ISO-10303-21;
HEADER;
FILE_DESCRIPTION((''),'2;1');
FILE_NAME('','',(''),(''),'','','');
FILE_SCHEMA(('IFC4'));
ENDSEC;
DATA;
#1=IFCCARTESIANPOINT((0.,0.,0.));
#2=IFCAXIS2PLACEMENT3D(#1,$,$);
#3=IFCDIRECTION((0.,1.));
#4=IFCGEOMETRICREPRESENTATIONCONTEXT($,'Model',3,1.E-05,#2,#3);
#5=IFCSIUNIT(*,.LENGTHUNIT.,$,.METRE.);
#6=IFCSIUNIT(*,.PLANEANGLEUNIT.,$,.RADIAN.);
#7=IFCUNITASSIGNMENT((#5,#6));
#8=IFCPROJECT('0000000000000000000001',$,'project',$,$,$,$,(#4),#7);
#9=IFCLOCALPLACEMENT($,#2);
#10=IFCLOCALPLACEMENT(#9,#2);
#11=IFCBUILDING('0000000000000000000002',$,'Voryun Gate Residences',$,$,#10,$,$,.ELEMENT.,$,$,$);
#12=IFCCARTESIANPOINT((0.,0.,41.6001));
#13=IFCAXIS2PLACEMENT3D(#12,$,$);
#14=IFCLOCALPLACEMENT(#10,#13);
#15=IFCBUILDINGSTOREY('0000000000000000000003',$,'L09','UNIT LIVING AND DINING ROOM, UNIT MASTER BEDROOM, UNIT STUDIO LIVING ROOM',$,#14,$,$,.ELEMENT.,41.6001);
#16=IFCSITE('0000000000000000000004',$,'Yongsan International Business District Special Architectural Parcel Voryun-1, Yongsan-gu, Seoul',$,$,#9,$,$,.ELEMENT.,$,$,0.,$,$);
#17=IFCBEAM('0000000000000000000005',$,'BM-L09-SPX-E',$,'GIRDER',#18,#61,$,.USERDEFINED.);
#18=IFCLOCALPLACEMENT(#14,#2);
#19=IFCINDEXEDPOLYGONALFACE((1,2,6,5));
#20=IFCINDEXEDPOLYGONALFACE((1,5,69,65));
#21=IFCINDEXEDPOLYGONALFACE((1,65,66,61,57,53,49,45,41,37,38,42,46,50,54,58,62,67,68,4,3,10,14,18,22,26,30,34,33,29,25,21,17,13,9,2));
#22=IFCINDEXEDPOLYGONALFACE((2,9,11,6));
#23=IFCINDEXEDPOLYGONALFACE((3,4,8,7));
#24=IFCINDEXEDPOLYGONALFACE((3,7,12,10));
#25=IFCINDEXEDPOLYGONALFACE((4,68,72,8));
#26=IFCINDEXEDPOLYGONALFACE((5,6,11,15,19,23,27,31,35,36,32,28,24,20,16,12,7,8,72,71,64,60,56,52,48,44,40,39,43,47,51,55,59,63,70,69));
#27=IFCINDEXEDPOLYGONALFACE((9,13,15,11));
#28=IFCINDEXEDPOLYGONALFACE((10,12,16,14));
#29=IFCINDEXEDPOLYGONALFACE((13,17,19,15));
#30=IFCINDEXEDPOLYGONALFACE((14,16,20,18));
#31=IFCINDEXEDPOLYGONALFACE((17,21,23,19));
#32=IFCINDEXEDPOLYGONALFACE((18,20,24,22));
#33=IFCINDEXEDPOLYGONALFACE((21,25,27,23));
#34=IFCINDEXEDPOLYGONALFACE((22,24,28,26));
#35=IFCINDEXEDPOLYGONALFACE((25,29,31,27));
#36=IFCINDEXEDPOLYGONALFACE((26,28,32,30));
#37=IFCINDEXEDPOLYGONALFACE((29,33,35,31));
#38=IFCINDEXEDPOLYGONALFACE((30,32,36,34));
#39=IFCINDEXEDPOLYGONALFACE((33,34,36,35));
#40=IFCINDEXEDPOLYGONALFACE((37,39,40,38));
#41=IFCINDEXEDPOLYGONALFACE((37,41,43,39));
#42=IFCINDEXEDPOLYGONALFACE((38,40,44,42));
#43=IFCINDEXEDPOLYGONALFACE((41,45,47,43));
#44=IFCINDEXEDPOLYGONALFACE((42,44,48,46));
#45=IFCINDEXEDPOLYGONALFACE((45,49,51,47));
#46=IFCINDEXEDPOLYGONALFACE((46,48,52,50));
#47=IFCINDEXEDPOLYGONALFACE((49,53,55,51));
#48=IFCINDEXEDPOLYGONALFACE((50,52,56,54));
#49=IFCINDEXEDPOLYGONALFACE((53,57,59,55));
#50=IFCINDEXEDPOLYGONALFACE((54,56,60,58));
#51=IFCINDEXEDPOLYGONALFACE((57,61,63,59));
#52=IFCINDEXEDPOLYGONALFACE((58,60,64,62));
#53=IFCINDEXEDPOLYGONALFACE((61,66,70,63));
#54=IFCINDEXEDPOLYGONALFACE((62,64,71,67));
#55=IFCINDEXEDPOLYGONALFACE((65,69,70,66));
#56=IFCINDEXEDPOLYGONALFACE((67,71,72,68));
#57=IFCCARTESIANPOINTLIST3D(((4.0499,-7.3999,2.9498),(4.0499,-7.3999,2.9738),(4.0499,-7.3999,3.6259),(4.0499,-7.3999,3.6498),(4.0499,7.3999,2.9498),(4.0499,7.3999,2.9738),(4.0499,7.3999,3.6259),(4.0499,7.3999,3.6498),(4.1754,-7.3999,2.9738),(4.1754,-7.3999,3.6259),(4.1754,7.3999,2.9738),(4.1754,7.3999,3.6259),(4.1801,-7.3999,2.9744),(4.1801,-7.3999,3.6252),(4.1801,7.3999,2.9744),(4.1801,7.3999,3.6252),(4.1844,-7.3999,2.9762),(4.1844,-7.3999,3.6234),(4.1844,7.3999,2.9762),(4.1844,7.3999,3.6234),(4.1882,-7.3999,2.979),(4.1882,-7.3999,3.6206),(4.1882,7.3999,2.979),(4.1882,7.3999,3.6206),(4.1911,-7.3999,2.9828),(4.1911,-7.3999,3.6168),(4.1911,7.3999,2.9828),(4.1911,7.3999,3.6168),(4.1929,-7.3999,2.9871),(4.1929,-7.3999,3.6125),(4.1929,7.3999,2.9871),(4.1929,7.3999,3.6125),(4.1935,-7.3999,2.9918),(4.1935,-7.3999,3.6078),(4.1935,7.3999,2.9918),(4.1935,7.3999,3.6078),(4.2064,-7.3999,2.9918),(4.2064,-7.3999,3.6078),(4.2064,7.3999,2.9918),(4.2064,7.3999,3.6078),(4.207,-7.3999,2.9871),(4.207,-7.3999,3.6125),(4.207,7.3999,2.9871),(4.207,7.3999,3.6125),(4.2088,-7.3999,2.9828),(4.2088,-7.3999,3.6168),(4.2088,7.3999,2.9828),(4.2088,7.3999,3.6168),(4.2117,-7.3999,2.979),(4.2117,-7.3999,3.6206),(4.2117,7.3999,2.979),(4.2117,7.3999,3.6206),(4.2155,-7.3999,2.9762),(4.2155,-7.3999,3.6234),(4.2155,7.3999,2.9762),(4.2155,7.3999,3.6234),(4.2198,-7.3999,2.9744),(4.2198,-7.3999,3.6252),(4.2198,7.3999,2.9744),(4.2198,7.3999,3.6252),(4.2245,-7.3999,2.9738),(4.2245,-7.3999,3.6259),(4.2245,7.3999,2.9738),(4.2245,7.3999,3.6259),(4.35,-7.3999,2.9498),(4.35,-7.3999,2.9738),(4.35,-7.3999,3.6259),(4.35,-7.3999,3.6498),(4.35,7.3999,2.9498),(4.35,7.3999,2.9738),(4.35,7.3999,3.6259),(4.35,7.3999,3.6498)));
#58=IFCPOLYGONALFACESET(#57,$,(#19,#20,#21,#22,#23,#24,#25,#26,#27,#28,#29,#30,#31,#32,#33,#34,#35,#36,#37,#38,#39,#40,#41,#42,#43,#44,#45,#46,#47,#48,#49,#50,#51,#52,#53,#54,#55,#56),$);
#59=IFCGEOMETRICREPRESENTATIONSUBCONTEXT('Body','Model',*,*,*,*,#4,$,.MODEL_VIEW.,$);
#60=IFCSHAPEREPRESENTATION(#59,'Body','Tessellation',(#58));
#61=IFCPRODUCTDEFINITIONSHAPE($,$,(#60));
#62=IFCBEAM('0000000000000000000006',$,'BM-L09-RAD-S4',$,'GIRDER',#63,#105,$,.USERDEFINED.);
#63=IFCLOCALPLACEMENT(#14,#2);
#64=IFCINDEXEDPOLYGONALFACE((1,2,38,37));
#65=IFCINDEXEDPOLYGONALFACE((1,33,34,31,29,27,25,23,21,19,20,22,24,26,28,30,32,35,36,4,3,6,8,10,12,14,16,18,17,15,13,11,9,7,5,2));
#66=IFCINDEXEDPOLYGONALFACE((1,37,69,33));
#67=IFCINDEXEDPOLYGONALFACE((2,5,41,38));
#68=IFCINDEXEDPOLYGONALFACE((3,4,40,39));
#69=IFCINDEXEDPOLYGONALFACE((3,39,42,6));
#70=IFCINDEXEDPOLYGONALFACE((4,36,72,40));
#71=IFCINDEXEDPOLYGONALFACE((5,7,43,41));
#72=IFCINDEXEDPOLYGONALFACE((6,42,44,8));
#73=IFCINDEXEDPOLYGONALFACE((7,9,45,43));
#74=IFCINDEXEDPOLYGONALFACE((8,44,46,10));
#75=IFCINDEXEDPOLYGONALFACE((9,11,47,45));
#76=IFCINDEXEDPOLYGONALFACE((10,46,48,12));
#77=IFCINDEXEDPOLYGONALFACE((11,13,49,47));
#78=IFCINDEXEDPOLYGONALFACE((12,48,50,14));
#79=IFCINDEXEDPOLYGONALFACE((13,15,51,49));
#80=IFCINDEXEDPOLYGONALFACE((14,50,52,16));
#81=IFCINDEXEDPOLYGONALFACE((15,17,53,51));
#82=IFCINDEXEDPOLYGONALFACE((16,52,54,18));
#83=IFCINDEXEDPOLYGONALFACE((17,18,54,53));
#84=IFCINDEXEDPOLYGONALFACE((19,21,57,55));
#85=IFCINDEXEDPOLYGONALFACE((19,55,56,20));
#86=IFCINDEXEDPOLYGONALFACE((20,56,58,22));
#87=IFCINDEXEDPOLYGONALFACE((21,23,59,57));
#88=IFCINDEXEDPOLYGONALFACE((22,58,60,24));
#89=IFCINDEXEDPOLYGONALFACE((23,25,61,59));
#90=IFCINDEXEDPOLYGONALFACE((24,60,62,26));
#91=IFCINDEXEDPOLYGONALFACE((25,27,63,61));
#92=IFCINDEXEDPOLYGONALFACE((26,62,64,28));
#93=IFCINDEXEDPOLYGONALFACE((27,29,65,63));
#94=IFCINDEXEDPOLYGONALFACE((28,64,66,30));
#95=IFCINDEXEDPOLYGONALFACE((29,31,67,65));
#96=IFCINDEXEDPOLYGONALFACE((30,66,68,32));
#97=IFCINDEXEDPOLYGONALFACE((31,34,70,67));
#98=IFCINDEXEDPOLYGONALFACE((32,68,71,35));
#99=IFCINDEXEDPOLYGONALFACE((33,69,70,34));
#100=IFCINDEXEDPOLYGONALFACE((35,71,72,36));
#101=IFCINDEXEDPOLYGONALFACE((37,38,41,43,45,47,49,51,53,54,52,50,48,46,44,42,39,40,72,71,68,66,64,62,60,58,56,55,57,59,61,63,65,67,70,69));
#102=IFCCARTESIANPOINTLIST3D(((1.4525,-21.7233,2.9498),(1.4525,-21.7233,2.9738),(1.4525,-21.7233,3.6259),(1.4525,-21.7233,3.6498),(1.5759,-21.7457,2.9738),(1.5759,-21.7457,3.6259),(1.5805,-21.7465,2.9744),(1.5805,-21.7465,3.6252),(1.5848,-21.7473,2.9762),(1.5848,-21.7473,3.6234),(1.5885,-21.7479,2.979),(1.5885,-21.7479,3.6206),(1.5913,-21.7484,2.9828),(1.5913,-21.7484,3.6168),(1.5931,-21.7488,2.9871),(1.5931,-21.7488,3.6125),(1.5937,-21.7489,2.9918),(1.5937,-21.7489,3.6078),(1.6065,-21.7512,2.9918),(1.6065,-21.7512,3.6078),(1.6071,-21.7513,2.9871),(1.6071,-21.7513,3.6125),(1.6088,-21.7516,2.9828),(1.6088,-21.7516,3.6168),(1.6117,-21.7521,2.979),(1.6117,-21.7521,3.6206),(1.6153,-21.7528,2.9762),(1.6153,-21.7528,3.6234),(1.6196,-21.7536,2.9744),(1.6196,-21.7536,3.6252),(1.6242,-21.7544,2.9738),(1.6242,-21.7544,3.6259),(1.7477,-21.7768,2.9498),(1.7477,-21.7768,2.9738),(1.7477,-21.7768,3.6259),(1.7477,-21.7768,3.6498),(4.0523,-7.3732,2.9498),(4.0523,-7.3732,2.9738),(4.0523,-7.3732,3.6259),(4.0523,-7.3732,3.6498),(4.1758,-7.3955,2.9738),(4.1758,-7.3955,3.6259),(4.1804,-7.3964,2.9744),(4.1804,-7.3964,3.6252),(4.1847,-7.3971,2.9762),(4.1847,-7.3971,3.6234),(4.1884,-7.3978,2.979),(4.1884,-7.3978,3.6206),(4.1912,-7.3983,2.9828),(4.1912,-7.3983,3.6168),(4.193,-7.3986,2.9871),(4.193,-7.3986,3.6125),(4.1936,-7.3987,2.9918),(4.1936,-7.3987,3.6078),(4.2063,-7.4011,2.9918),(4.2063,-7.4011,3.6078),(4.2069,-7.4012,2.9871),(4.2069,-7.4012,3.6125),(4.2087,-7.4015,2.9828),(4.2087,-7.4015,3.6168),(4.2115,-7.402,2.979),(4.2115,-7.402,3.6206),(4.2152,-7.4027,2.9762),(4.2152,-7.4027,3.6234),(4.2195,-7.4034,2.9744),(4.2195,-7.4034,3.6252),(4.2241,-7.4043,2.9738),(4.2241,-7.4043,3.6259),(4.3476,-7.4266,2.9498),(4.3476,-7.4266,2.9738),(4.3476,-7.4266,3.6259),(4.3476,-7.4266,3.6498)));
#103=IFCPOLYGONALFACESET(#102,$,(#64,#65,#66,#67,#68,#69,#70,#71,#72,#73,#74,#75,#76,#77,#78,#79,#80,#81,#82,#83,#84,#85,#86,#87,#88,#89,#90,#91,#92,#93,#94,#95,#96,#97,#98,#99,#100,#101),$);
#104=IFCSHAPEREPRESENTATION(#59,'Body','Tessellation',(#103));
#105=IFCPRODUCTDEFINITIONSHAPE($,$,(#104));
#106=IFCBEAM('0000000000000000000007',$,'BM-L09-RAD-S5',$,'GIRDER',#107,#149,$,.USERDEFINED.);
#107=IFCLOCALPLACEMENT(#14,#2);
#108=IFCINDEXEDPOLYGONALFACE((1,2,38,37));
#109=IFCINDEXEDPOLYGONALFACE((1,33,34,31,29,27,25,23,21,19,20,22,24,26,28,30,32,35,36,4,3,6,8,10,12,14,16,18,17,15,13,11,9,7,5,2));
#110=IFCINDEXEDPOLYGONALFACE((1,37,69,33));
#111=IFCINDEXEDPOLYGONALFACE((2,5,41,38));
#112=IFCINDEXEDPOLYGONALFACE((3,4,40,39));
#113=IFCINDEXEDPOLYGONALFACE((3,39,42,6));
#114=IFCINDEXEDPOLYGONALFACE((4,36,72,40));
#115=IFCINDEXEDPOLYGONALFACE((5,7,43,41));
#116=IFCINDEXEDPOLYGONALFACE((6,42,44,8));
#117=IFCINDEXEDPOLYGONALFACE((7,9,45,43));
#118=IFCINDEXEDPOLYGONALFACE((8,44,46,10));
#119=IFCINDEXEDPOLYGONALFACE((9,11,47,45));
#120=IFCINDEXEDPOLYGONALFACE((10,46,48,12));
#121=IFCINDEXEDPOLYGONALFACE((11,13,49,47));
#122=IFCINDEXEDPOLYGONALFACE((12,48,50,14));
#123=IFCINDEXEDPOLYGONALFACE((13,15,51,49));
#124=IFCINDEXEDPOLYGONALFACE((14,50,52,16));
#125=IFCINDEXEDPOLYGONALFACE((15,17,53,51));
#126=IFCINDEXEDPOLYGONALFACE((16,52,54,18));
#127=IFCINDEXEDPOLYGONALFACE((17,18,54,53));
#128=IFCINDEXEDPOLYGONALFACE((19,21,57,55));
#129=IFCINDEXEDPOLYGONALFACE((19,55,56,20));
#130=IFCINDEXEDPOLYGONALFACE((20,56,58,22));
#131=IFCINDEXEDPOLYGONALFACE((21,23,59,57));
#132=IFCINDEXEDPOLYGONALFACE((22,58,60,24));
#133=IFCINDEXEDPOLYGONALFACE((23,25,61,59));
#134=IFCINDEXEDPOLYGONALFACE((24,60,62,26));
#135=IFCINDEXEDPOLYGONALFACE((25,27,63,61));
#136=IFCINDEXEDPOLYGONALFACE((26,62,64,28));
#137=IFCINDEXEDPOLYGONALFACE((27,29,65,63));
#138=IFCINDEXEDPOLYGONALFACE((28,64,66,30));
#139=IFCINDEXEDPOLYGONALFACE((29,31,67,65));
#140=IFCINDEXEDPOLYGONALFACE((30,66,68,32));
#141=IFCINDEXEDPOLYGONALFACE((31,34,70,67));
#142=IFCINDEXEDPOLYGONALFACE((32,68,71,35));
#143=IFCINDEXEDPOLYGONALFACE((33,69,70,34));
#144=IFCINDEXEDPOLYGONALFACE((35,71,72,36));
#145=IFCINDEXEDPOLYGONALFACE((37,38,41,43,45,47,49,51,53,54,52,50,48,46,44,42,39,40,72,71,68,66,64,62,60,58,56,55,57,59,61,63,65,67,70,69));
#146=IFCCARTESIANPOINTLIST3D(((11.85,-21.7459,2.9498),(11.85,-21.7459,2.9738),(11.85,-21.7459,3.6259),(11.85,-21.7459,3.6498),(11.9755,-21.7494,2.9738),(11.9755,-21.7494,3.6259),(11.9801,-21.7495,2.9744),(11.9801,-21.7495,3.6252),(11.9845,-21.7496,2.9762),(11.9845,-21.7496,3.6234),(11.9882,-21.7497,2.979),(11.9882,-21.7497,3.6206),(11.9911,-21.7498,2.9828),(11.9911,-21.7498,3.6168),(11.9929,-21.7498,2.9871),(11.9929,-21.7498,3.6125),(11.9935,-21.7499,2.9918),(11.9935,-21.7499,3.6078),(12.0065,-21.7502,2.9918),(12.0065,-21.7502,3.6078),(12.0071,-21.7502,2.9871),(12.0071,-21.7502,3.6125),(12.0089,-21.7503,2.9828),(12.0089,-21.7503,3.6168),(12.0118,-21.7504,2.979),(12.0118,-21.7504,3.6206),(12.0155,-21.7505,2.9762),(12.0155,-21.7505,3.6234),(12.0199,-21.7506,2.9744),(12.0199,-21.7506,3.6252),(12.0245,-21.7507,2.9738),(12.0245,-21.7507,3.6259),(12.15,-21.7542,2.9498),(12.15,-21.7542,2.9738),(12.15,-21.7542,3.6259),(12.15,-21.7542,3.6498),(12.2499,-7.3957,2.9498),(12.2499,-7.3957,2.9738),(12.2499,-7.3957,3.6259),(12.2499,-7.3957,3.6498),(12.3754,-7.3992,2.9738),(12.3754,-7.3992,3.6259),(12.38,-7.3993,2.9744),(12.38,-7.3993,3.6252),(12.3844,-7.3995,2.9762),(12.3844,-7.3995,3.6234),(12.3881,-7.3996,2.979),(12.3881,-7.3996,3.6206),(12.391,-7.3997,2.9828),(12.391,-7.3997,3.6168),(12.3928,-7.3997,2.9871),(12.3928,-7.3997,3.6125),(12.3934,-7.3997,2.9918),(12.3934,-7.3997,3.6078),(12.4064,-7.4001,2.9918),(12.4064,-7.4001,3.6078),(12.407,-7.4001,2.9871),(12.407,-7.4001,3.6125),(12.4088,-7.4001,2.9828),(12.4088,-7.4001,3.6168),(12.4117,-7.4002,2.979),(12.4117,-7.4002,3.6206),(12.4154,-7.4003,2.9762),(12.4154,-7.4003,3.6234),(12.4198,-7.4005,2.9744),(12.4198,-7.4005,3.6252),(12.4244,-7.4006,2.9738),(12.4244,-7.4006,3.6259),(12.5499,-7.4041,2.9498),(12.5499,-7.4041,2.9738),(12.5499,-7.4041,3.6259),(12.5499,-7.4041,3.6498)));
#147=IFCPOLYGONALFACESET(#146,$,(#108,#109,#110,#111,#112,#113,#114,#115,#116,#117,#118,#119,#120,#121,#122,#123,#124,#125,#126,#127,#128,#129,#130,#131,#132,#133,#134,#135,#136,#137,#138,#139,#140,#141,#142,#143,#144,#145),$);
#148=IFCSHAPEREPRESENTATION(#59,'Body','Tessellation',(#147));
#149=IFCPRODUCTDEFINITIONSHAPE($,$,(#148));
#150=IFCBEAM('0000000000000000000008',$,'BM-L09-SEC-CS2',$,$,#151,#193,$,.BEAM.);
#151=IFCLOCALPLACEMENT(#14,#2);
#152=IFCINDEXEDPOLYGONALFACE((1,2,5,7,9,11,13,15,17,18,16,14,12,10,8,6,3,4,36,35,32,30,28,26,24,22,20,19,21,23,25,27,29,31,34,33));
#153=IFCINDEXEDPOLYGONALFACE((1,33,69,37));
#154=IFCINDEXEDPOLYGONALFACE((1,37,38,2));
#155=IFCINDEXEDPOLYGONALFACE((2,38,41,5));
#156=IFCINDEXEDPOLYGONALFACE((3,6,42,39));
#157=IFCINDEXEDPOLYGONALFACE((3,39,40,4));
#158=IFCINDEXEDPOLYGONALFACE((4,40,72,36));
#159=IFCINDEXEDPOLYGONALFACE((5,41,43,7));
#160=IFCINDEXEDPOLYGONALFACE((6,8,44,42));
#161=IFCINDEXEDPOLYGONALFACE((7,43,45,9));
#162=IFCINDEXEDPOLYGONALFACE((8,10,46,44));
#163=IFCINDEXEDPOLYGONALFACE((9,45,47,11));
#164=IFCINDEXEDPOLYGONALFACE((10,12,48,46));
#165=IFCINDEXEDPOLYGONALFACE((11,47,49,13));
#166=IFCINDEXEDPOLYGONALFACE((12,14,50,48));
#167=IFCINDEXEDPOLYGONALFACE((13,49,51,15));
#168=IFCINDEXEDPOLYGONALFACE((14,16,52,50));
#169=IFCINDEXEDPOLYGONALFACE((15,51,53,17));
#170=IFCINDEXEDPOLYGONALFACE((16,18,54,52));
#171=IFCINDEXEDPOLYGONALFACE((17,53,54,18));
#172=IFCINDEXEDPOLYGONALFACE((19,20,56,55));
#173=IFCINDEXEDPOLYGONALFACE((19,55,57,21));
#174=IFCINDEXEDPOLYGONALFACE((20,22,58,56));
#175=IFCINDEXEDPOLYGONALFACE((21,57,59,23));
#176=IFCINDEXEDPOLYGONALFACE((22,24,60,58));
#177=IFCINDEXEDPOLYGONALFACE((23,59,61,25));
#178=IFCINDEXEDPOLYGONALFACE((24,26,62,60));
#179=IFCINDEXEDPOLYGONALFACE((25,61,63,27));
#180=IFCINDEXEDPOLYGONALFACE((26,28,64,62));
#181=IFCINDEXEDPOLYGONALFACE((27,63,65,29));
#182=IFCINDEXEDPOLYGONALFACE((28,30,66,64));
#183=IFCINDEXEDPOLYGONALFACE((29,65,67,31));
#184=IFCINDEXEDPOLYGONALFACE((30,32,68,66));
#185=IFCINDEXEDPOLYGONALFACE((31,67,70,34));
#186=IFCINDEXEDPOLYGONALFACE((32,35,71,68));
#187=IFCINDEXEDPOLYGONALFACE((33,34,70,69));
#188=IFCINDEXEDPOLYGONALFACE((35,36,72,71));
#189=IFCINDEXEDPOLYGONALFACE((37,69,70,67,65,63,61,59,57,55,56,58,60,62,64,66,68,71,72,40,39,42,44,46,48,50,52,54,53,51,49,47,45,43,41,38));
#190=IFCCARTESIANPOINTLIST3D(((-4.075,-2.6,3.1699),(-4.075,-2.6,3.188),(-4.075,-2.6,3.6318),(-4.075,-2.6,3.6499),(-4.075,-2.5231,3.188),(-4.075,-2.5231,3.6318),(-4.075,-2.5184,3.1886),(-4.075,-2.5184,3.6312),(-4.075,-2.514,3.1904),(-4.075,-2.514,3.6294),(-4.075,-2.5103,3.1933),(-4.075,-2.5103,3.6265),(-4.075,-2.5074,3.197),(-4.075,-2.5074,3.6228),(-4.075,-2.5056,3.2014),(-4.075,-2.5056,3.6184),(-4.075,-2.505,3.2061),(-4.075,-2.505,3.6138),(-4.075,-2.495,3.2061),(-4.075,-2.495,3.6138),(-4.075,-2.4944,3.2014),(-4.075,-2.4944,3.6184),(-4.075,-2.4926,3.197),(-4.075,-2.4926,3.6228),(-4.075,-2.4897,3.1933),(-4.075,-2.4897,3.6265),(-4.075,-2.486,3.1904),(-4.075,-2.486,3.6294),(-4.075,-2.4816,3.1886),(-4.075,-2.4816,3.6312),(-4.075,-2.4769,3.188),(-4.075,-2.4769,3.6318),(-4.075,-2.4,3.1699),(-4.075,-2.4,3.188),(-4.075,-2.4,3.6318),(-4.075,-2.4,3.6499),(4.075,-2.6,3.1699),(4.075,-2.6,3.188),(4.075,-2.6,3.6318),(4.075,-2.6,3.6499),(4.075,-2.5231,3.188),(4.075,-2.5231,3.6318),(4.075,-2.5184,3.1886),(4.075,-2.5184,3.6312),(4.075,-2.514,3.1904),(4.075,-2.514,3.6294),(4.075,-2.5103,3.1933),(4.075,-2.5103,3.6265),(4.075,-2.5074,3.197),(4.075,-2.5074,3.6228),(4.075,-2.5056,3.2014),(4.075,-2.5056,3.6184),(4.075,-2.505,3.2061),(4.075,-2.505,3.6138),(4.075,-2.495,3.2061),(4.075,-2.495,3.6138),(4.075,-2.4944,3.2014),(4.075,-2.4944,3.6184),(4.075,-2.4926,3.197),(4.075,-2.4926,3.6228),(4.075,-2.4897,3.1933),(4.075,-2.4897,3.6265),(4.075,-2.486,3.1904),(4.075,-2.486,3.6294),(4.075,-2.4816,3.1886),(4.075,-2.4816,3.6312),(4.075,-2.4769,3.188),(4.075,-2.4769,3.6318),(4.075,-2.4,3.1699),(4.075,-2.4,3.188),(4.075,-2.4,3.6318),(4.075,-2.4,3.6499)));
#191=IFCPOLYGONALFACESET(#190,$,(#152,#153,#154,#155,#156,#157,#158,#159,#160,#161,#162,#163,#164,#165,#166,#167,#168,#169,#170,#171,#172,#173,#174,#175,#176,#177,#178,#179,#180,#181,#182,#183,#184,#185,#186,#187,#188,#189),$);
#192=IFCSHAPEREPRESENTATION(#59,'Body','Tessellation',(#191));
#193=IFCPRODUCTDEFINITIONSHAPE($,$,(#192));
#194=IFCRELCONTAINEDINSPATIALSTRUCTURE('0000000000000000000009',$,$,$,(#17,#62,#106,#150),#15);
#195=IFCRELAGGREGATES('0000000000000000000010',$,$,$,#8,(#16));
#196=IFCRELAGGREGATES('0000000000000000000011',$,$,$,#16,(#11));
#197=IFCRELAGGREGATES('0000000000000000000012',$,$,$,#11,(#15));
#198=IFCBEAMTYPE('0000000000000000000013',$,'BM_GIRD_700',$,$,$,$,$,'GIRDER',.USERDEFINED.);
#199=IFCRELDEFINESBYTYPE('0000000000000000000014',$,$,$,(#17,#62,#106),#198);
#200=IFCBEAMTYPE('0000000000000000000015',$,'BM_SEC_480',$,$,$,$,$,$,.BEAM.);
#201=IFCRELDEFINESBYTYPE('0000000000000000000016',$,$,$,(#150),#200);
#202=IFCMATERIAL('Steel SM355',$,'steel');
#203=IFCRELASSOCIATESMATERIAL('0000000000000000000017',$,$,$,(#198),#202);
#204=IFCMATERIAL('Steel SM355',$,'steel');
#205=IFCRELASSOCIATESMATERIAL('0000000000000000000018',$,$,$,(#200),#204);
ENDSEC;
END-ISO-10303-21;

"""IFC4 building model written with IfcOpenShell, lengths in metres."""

from ifc_helpers import new_model, si_unit, direction, frame, origin, origin_2d, place, context, subcontext, project, spatial, i_section, extrude, material, material_profile, profile_set, type_object, element, save


model = new_model("IFC4")

# Units and contexts
model_context = context("Model", 3, precision=1e-05, world=origin(), true_north=direction((0.0, 1.0)))
body_context = subcontext(model_context, "Body", "Model", "MODEL_VIEW")
ifc_project = project(units=[si_unit("LENGTHUNIT", "METRE"), si_unit("PLANEANGLEUNIT", "RADIAN")], contexts=[model_context])

# Site, building, storey
site_placement = place(None, origin())
site = spatial("IfcSite", under=ifc_project, at=site_placement, Name="Yongsan International Business District Special Architectural Parcel Voryun-1, Yongsan-gu, Seoul", CompositionType="ELEMENT", RefElevation=0.0)
building_placement = place(site_placement, origin())
building = spatial("IfcBuilding", under=site, at=building_placement, Name="Voryun Gate Residences", CompositionType="ELEMENT")
storey_placement = place(building_placement, frame((0.0, 0.0, 41.6001)))
storey = spatial("IfcBuildingStorey", under=building, at=storey_placement, Name="L09", Description="UNIT LIVING AND DINING ROOM, UNIT MASTER BEDROOM, UNIT STUDIO LIVING ROOM", CompositionType="ELEMENT", Elevation=41.6001)

# Beams
ifc_material_1 = material(Name="Steel SM355", Category="steel")
ifc_material_profile_1 = material_profile(ifc_material_1, i_section(OverallWidth=0.3, OverallDepth=0.7, WebThickness=0.0129, FlangeThickness=0.0239, FilletRadius=0.0181, at=origin_2d()), Name="H-700x300x13x24")
ifc_profile_set_1 = profile_set([ifc_material_profile_1], Name="Steel SM355")
beam_type_1 = type_object("IfcBeamType", Name="BM_GIRD_700", ElementType="GIRDER", PredefinedType="USERDEFINED", material=ifc_profile_set_1)
for number, where, z_axis, x_axis, name in (
    (1, (4.2, -7.3999, 3.2998), (0.0, 1.0, 0.0), (-1.0, 0.0, 0.0), "BM-L09-SPX-E"),
):
    element("IfcBeam", number, at=place(storey_placement, frame(where, z_axis=z_axis, x_axis=x_axis)), inside=storey, type_object=beam_type_1, Name=name, ObjectType="GIRDER", PredefinedType="USERDEFINED", context=body_context, shape_type="SweptSolid", body=[
        extrude(i_section(OverallWidth=0.3, OverallDepth=0.7, WebThickness=0.0129, FlangeThickness=0.0239, FilletRadius=0.0181, at=origin_2d()), origin(), (0.0, 0.0, 1.0), 14.7998),
    ])
beam_1_placement = place(storey_placement, frame((4.2, -7.3999, 3.2998), z_axis=(-0.178271, -0.983981, 0.0), x_axis=(0.983981, -0.178271, 0.0)))
element("IfcBeam", 2, at=beam_1_placement, inside=storey, type_object=beam_type_1, Name="BM-L09-RAD-S4", ObjectType="GIRDER", PredefinedType="USERDEFINED", context=body_context, shape_type="SweptSolid", body=[
    extrude(i_section(OverallWidth=0.3, OverallDepth=0.7, WebThickness=0.0129, FlangeThickness=0.0239, FilletRadius=0.0181, at=origin_2d()), origin(), (0.0, 0.0, 1.0), 14.5837),
])
beam_2_placement = place(storey_placement, frame((12.3999, -7.3999, 3.2998), z_axis=(-0.027857, -0.999612, 0.0), x_axis=(0.999612, -0.027857, 0.0)))
element("IfcBeam", 3, at=beam_2_placement, inside=storey, type_object=beam_type_1, Name="BM-L09-RAD-S5", ObjectType="GIRDER", PredefinedType="USERDEFINED", context=body_context, shape_type="SweptSolid", body=[
    extrude(i_section(OverallWidth=0.3, OverallDepth=0.7, WebThickness=0.0129, FlangeThickness=0.0239, FilletRadius=0.0181, at=origin_2d()), origin(), (0.0, 0.0, 1.0), 14.3557),
])
ifc_material_2 = material(Name="Steel SM355", Category="steel")
ifc_material_profile_2 = material_profile(ifc_material_2, i_section(OverallWidth=0.2, OverallDepth=0.48, WebThickness=0.01, FlangeThickness=0.0181, FilletRadius=0.0181, at=origin_2d()), Name="H-480x200x10x18")
ifc_profile_set_2 = profile_set([ifc_material_profile_2], Name="Steel SM355")
beam_type_2 = type_object("IfcBeamType", Name="BM_SEC_480", PredefinedType="BEAM", material=ifc_profile_set_2)
beam_3_placement = place(storey_placement, frame((-4.075, -2.5, 3.4099), z_axis=(1.0, 0.0, 0.0), x_axis=(0.0, 1.0, 0.0)))
element("IfcBeam", 4, at=beam_3_placement, inside=storey, type_object=beam_type_2, Name="BM-L09-SEC-CS2", PredefinedType="BEAM", context=body_context, shape_type="SweptSolid", body=[
    extrude(i_section(OverallWidth=0.2, OverallDepth=0.48, WebThickness=0.01, FlangeThickness=0.0181, FilletRadius=0.0181, at=origin_2d()), origin(), (0.0, 0.0, 1.0), 8.1499),
])

save(model, "model.ifc")
